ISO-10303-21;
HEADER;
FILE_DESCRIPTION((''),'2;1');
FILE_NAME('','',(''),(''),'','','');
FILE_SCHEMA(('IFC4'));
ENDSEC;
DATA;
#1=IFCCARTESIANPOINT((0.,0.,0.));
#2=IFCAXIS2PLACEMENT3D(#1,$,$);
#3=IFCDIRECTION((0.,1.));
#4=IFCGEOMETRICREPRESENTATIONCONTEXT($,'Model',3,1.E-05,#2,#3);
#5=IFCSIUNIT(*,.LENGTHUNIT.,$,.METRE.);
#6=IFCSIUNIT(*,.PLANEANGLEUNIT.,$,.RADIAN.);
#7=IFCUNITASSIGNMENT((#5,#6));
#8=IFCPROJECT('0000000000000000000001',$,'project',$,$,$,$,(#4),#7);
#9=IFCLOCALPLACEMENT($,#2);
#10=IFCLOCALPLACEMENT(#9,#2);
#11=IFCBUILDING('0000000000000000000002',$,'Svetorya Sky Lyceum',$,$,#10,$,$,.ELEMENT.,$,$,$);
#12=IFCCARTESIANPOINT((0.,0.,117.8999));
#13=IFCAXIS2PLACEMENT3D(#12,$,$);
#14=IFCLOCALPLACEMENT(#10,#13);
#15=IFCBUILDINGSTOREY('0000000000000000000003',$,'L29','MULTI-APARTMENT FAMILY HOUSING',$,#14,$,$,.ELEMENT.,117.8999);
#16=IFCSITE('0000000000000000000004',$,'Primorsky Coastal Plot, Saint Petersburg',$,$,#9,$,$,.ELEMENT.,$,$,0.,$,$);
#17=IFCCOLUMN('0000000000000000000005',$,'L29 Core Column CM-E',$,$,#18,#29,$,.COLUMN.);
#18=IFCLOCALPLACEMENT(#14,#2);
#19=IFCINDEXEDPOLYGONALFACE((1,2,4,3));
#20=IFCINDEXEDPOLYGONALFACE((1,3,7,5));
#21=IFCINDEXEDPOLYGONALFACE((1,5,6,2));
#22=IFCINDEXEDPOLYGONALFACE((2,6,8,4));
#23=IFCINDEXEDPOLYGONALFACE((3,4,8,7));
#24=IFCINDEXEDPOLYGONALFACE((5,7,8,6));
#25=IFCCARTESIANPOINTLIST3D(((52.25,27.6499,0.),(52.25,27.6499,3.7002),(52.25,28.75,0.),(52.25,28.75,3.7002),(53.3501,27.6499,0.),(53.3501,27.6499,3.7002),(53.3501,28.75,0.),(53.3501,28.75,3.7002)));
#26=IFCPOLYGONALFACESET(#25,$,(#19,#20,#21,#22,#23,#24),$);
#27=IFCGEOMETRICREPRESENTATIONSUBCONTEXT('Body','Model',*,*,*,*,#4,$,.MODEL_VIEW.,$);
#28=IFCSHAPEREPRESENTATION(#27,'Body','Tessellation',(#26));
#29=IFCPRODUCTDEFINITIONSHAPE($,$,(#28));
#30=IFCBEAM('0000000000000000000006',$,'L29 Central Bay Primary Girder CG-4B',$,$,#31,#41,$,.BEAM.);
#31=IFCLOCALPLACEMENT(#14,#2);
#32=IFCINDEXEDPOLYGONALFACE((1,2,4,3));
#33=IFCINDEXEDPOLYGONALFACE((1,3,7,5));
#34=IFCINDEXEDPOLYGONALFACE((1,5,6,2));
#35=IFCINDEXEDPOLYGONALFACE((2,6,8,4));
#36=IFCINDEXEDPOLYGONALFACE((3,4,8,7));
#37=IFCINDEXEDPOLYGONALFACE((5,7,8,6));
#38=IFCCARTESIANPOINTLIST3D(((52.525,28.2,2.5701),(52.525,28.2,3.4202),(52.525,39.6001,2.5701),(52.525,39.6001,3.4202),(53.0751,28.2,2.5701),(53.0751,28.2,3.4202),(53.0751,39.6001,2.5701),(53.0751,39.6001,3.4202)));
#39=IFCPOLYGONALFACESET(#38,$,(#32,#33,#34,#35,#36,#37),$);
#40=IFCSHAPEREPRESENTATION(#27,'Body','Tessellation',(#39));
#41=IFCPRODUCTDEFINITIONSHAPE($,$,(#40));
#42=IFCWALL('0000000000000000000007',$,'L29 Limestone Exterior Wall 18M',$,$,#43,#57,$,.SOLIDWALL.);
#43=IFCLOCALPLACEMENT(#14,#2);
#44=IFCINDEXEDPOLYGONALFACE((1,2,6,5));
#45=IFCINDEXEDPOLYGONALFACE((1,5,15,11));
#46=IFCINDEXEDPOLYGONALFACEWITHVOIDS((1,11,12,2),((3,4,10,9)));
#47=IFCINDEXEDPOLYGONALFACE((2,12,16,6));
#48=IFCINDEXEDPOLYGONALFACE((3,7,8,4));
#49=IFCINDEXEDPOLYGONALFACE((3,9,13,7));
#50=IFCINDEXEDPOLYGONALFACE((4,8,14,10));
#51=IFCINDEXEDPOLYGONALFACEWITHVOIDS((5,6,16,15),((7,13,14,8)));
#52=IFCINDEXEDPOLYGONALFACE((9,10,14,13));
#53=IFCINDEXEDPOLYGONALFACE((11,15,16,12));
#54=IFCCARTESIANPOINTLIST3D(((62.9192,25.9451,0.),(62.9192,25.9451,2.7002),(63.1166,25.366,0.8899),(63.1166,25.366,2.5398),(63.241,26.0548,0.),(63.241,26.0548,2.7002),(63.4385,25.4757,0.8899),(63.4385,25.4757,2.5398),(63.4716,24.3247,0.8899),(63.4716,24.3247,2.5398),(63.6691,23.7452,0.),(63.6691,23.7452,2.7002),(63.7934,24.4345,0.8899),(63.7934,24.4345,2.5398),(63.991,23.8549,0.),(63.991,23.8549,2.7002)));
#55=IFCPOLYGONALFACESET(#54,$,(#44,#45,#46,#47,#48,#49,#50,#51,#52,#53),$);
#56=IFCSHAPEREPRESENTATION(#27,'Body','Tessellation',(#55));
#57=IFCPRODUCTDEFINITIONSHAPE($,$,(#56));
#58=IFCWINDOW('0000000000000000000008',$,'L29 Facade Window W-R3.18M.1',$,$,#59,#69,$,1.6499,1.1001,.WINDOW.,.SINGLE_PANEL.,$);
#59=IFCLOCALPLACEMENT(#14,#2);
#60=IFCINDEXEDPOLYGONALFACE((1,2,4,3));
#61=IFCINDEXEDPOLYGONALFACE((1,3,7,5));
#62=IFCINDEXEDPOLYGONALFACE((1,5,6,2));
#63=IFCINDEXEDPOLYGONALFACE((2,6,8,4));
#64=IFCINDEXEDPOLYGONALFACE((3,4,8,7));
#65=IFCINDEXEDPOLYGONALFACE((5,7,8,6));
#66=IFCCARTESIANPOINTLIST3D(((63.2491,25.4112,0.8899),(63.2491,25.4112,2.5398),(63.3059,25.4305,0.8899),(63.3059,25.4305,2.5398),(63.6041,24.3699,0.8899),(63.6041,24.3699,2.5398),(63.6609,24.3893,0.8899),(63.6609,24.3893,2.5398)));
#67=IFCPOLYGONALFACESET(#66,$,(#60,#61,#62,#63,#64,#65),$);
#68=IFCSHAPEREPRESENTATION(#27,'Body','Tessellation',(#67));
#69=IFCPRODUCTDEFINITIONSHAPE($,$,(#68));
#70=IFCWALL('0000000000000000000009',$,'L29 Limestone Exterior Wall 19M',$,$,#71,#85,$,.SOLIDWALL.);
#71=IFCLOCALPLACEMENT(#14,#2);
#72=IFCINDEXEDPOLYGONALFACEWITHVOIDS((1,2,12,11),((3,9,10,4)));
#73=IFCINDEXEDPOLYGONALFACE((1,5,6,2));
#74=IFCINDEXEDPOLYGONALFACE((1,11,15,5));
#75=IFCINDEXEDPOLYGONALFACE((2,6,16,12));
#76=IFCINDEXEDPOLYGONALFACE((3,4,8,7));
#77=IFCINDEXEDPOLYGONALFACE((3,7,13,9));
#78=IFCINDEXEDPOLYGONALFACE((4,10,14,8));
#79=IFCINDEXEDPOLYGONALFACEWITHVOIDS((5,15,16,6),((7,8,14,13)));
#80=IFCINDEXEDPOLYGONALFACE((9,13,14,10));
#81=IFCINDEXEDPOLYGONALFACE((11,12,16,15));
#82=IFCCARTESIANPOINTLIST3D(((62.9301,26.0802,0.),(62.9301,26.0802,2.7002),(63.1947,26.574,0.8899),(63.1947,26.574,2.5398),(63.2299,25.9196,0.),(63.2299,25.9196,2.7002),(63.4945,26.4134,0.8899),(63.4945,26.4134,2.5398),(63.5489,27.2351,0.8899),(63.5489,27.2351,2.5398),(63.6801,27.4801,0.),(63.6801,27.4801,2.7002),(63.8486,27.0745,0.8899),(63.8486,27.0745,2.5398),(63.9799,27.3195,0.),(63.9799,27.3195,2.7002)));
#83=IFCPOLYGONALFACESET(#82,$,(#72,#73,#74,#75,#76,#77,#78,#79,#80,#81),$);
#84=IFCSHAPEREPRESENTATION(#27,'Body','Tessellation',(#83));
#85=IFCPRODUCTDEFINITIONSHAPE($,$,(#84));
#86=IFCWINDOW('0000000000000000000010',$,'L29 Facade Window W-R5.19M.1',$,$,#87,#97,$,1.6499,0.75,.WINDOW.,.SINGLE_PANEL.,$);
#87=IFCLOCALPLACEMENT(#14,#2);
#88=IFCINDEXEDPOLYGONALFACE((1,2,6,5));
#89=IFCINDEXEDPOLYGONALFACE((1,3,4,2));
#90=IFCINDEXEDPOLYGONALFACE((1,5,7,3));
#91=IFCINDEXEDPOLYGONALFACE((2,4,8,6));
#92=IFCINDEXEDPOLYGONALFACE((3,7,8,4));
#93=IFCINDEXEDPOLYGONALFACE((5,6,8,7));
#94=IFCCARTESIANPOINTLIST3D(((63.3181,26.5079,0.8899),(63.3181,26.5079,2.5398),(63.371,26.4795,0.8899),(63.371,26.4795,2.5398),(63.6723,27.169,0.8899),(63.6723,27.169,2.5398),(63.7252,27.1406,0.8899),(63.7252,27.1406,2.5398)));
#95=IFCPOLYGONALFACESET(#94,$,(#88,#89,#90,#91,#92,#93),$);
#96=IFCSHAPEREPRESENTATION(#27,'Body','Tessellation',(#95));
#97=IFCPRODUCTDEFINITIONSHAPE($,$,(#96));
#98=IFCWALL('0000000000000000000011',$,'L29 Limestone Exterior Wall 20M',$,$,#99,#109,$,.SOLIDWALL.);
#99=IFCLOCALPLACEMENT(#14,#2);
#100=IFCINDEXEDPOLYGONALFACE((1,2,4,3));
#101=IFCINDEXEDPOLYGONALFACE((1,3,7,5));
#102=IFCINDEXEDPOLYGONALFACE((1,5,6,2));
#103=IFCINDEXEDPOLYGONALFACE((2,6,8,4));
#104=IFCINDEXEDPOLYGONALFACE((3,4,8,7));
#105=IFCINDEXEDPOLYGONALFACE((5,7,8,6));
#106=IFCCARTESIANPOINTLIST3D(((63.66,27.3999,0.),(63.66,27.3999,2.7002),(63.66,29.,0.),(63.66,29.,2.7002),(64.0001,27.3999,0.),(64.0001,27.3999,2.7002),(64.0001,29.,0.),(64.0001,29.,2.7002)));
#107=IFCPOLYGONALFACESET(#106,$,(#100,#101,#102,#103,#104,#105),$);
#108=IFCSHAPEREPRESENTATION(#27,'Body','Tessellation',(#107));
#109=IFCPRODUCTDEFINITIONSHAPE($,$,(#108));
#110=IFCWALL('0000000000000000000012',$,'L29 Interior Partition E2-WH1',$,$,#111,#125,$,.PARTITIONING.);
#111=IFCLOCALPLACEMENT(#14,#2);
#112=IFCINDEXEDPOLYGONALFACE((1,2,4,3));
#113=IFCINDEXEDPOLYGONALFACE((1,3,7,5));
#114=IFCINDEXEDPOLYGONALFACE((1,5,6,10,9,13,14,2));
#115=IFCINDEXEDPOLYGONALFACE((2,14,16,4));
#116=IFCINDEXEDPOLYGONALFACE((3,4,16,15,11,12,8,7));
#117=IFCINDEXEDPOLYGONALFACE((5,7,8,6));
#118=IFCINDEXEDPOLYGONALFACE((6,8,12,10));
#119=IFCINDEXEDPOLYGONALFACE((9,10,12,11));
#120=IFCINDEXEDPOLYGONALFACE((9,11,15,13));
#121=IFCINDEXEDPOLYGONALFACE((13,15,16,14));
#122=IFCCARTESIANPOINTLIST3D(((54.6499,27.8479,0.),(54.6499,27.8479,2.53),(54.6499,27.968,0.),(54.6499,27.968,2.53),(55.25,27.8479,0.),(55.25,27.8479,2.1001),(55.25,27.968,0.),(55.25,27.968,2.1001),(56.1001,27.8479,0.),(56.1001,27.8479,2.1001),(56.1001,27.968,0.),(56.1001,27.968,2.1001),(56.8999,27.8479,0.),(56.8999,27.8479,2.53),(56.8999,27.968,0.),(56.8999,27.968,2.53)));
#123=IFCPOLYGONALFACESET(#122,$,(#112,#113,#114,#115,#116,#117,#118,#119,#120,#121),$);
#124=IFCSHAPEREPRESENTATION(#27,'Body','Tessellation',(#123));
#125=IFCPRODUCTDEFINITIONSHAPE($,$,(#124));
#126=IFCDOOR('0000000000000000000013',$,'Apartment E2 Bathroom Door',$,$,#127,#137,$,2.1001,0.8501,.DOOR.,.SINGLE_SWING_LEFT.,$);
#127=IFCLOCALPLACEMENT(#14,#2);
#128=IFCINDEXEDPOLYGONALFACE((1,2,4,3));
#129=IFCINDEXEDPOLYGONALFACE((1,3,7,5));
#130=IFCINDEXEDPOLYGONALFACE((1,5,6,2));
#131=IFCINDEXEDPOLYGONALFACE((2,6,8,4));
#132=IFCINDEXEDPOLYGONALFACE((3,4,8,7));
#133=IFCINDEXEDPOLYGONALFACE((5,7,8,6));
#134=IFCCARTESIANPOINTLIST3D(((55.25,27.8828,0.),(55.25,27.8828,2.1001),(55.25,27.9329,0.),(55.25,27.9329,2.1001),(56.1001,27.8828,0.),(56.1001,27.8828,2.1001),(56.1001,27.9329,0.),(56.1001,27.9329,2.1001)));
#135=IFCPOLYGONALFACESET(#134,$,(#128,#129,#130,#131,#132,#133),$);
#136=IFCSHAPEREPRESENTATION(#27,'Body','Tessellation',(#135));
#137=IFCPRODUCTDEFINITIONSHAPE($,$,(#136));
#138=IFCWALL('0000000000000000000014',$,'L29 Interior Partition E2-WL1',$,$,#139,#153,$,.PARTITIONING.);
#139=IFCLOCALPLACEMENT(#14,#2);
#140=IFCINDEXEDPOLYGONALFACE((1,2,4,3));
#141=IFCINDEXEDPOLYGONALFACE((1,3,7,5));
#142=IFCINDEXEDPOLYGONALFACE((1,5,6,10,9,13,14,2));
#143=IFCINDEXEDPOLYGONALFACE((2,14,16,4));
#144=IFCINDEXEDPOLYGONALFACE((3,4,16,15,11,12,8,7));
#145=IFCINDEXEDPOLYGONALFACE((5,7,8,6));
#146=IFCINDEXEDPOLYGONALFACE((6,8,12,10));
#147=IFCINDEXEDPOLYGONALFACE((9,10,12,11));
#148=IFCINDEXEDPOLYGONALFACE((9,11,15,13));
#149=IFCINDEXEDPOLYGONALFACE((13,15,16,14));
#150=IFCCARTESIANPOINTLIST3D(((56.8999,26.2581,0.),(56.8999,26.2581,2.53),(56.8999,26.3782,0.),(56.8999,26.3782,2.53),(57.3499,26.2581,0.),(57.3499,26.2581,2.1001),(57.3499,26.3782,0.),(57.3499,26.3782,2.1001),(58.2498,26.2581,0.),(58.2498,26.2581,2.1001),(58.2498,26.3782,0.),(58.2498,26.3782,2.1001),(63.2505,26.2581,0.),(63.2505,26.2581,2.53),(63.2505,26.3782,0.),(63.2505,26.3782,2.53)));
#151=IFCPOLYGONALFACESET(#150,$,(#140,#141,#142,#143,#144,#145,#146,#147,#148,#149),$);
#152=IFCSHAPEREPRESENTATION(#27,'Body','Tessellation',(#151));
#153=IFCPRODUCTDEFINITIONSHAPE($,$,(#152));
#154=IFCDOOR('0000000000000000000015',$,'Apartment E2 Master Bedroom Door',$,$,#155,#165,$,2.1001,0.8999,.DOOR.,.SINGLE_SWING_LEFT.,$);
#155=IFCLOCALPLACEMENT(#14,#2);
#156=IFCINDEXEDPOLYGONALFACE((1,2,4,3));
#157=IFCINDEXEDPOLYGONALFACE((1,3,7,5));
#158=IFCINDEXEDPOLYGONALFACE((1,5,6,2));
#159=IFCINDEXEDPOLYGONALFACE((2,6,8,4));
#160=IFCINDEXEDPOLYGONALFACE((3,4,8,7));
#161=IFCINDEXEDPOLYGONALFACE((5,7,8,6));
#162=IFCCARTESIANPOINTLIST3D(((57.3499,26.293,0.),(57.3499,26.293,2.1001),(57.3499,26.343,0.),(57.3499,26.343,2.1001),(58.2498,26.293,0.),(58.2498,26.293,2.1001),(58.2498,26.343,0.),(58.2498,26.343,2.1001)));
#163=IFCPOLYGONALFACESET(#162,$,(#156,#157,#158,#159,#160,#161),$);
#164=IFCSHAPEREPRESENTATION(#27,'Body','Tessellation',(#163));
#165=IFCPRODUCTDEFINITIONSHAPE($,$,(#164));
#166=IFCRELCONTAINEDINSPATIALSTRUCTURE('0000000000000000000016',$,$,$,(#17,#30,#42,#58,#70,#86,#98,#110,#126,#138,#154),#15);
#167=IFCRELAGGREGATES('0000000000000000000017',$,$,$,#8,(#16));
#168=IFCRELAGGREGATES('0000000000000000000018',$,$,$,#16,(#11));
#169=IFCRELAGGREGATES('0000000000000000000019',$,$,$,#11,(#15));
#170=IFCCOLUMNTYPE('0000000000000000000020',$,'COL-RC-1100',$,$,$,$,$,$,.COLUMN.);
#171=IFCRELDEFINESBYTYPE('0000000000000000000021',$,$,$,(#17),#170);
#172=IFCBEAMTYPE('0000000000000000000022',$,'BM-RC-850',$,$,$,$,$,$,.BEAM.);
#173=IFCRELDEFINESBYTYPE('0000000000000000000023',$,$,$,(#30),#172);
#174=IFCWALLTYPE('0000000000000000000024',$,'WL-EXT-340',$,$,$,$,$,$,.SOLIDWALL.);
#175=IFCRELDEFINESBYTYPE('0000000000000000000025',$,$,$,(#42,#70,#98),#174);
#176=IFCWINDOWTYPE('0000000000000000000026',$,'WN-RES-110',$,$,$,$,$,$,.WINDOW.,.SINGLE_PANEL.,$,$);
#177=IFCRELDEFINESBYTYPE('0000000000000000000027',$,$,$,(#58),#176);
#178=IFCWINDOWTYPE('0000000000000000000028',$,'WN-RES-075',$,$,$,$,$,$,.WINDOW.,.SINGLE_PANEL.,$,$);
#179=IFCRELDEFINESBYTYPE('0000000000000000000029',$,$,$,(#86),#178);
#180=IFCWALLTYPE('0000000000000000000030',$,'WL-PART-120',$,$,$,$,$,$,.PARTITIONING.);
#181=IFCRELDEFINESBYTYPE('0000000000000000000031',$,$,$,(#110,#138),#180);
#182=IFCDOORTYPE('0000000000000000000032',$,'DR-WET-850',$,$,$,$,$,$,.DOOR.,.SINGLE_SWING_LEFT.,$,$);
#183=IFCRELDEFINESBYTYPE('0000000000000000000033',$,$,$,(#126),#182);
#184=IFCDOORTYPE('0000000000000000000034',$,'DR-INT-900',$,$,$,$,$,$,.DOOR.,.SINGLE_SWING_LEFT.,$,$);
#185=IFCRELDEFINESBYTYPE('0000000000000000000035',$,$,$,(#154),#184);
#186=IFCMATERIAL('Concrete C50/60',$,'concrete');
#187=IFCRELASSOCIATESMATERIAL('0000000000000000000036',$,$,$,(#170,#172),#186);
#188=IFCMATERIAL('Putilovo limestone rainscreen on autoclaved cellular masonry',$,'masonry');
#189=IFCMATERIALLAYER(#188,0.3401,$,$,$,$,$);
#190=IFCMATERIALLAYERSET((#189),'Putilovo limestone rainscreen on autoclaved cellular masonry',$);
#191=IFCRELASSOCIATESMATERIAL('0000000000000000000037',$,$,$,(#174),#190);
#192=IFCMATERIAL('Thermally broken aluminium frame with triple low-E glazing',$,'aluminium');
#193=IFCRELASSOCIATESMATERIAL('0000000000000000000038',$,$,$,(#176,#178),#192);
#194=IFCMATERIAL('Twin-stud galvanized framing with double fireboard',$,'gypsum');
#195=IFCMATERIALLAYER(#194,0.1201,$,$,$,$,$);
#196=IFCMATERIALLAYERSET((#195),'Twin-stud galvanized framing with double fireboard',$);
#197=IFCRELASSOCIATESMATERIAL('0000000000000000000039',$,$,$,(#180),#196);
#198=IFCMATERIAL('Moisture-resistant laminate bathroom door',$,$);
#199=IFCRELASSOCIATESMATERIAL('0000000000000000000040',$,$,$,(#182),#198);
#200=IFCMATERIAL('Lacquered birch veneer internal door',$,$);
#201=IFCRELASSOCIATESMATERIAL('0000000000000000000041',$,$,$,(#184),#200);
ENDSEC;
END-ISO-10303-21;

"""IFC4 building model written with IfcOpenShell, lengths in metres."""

from ifc_helpers import new_model, si_unit, direction, frame, frame_2d, origin, origin_2d, place, context, subcontext, project, spatial, rectangle, extrude, material, layer, layer_set, material_profile, profile_set, type_object, element, fill, save


model = new_model("IFC4")

# Units and contexts
model_context = context("Model", 3, precision=1e-05, world=origin(), true_north=direction((0.0, 1.0)))
body_context = subcontext(model_context, "Body", "Model", "MODEL_VIEW")
ifc_project = project(units=[si_unit("LENGTHUNIT", "METRE"), si_unit("PLANEANGLEUNIT", "RADIAN")], contexts=[model_context])

# Site, building, storey
site_placement = place(None, origin())
site = spatial("IfcSite", under=ifc_project, at=site_placement, Name="Primorsky Coastal Plot, Saint Petersburg", CompositionType="ELEMENT", RefElevation=0.0)
building_placement = place(site_placement, origin())
building = spatial("IfcBuilding", under=site, at=building_placement, Name="Svetorya Sky Lyceum", CompositionType="ELEMENT")
storey_placement = place(building_placement, frame((0.0, 0.0, 117.8999)))
storey = spatial("IfcBuildingStorey", under=building, at=storey_placement, Name="L29", Description="MULTI-APARTMENT FAMILY HOUSING", CompositionType="ELEMENT", Elevation=117.8999)

# Column
ifc_material_1 = material(Name="Concrete C50/60", Category="concrete")
ifc_material_profile_1 = material_profile(ifc_material_1, rectangle(XDim=1.1001, YDim=1.1001, at=origin_2d()), Name="RC COL 1100x1100")
ifc_profile_set_1 = profile_set([ifc_material_profile_1], Name="Concrete C50/60")
column_type = type_object("IfcColumnType", Name="COL-RC-1100", PredefinedType="COLUMN", material=ifc_profile_set_1)
column_placement = place(storey_placement, frame((52.8, 28.2, 0.0), z_axis=(0.0, 0.0, 1.0), x_axis=(1.0, 0.0, 0.0)))
element("IfcColumn", 1, at=column_placement, inside=storey, type_object=column_type, Name="L29 Core Column CM-E", PredefinedType="COLUMN", context=body_context, shape_type="SweptSolid", body=[
    extrude(rectangle(XDim=1.1001, YDim=1.1001, at=origin_2d()), origin(), (0.0, 0.0, 1.0), 3.7002),
])

# Beam
ifc_material_profile_2 = material_profile(ifc_material_1, rectangle(XDim=0.55, YDim=0.8501, at=origin_2d()), Name="RC BEAM 550x850")
ifc_profile_set_2 = profile_set([ifc_material_profile_2], Name="Concrete C50/60")
beam_type = type_object("IfcBeamType", Name="BM-RC-850", PredefinedType="BEAM", material=ifc_profile_set_2)
beam_placement = place(storey_placement, frame((52.8, 28.2, 2.9951), z_axis=(0.0, 1.0, 0.0), x_axis=(-1.0, 0.0, 0.0)))
element("IfcBeam", 2, at=beam_placement, inside=storey, type_object=beam_type, Name="L29 Central Bay Primary Girder CG-4B", PredefinedType="BEAM", context=body_context, shape_type="SweptSolid", body=[
    extrude(rectangle(XDim=0.55, YDim=0.8501, at=origin_2d()), origin(), (0.0, 0.0, 1.0), 11.4001),
])

# Walls, openings, windows
ifc_material_2 = material(Name="Putilovo limestone rainscreen on autoclaved cellular masonry", Category="masonry")
ifc_layer_1 = layer(ifc_material_2, 0.3401)
ifc_layer_set_1 = layer_set([ifc_layer_1], Name="Putilovo limestone rainscreen on autoclaved cellular masonry")
wall_type_1 = type_object("IfcWallType", Name="WL-EXT-340", PredefinedType="SOLIDWALL", material=ifc_layer_set_1)
wall_1_placement = place(storey_placement, frame((63.8301, 23.8, 0.0), z_axis=(0.0, 0.0, 1.0), x_axis=(-0.32268, 0.946508, 0.0)))
wall_1 = element("IfcWall", 3, at=wall_1_placement, inside=storey, type_object=wall_type_1, Name="L29 Limestone Exterior Wall 18M", PredefinedType="SOLIDWALL", context=body_context, shape_type="SweptSolid", body=[
    extrude(rectangle(XDim=2.3242, YDim=0.3401, at=frame_2d((1.1621, 0.0))), origin(), (0.0, 0.0, 1.0), 2.7002),
])
opening_1_placement = place(wall_1_placement, frame((0.6123, 0.0, 0.8899)))
opening_1 = element("IfcOpeningElement", 4, at=opening_1_placement, cuts=wall_1, PredefinedType="OPENING", context=body_context, shape_type="SweptSolid", body=[
    extrude(rectangle(XDim=1.1001, YDim=1.6499, at=frame_2d((0.55, 0.825))), frame((0.0, 0.1799, 0.0), z_axis=(0.0, -1.0, 0.0), x_axis=(1.0, 0.0, 0.0)), (0.0, 0.0, 1.0), 0.3601),
])
ifc_material_3 = material(Name="Thermally broken aluminium frame with triple low-E glazing", Category="aluminium")
window_type_1 = type_object("IfcWindowType", Name="WN-RES-110", PartitioningType="SINGLE_PANEL", PredefinedType="WINDOW", material=ifc_material_3)
window_1_placement = place(opening_1_placement, origin())
window_1 = element("IfcWindow", 5, at=window_1_placement, inside=storey, type_object=window_type_1, Name="L29 Facade Window W-R3.18M.1", OverallHeight=1.6499, OverallWidth=1.1001, PartitioningType="SINGLE_PANEL", PredefinedType="WINDOW", context=body_context, shape_type="SweptSolid", body=[
    extrude(rectangle(XDim=1.1001, YDim=1.6499, at=frame_2d((0.55, 0.825))), frame((0.0, 0.03, 0.0), z_axis=(0.0, -1.0, 0.0), x_axis=(1.0, 0.0, 0.0)), (0.0, 0.0, 1.0), 0.0601),
])
fill(opening_1, window_1)
wall_2_placement = place(storey_placement, frame((63.0801, 26.0, 0.0), z_axis=(0.0, 0.0, 1.0), x_axis=(0.472247, 0.881466, 0.0)))
wall_2 = element("IfcWall", 6, at=wall_2_placement, inside=storey, type_object=wall_type_1, Name="L29 Limestone Exterior Wall 19M", PredefinedType="SOLIDWALL", context=body_context, shape_type="SweptSolid", body=[
    extrude(rectangle(XDim=1.5881, YDim=0.3401, at=frame_2d((0.7939, 0.0))), origin(), (0.0, 0.0, 1.0), 2.7002),
])
opening_2_placement = place(wall_2_placement, frame((0.5601, 0.0, 0.8899)))
opening_2 = element("IfcOpeningElement", 7, at=opening_2_placement, cuts=wall_2, PredefinedType="OPENING", context=body_context, shape_type="SweptSolid", body=[
    extrude(rectangle(XDim=0.75, YDim=1.6499, at=frame_2d((0.375, 0.825))), frame((0.0, 0.1799, 0.0), z_axis=(0.0, -1.0, 0.0), x_axis=(1.0, 0.0, 0.0)), (0.0, 0.0, 1.0), 0.3601),
])
window_type_2 = type_object("IfcWindowType", Name="WN-RES-075", PartitioningType="SINGLE_PANEL", PredefinedType="WINDOW", material=ifc_material_3)
window_2_placement = place(opening_2_placement, origin())
window_2 = element("IfcWindow", 8, at=window_2_placement, inside=storey, type_object=window_type_2, Name="L29 Facade Window W-R5.19M.1", OverallHeight=1.6499, OverallWidth=0.75, PartitioningType="SINGLE_PANEL", PredefinedType="WINDOW", context=body_context, shape_type="SweptSolid", body=[
    extrude(rectangle(XDim=0.75, YDim=1.6499, at=frame_2d((0.375, 0.825))), frame((0.0, 0.03, 0.0), z_axis=(0.0, -1.0, 0.0), x_axis=(1.0, 0.0, 0.0)), (0.0, 0.0, 1.0), 0.0601),
])
fill(opening_2, window_2)

# Wall
wall_3_placement = place(storey_placement, frame((63.8301, 27.3999, 0.0), z_axis=(0.0, 0.0, 1.0), x_axis=(0.0, 1.0, 0.0)))
element("IfcWall", 9, at=wall_3_placement, inside=storey, type_object=wall_type_1, Name="L29 Limestone Exterior Wall 20M", PredefinedType="SOLIDWALL", context=body_context, shape_type="SweptSolid", body=[
    extrude(rectangle(XDim=1.6001, YDim=0.3401, at=frame_2d((0.8, 0.0))), origin(), (0.0, 0.0, 1.0), 2.7002),
])

# Walls, openings, doors
ifc_material_4 = material(Name="Twin-stud galvanized framing with double fireboard", Category="gypsum")
ifc_layer_2 = layer(ifc_material_4, 0.1201)
ifc_layer_set_2 = layer_set([ifc_layer_2], Name="Twin-stud galvanized framing with double fireboard")
wall_type_2 = type_object("IfcWallType", Name="WL-PART-120", PredefinedType="PARTITIONING", material=ifc_layer_set_2)
wall_4_placement = place(storey_placement, frame((54.6499, 27.908, 0.0), z_axis=(0.0, 0.0, 1.0), x_axis=(1.0, 0.0, 0.0)))
wall_4 = element("IfcWall", 10, at=wall_4_placement, inside=storey, type_object=wall_type_2, Name="L29 Interior Partition E2-WH1", PredefinedType="PARTITIONING", context=body_context, shape_type="SweptSolid", body=[
    extrude(rectangle(XDim=2.25, YDim=0.1201, at=frame_2d((1.125, 0.0))), origin(), (0.0, 0.0, 1.0), 2.53),
])
opening_3_placement = place(wall_4_placement, frame((0.6001, 0.0, 0.0)))
opening_3 = element("IfcOpeningElement", 11, at=opening_3_placement, cuts=wall_4, PredefinedType="OPENING", context=body_context, shape_type="SweptSolid", body=[
    extrude(rectangle(XDim=0.8501, YDim=2.1001, at=frame_2d((0.425, 1.05))), frame((0.0, 0.0701, 0.0), z_axis=(0.0, -1.0, 0.0), x_axis=(1.0, 0.0, 0.0)), (0.0, 0.0, 1.0), 0.1401),
])
ifc_material_5 = material(Name="Moisture-resistant laminate bathroom door")
door_type_1 = type_object("IfcDoorType", Name="DR-WET-850", OperationType="SINGLE_SWING_LEFT", PredefinedType="DOOR", material=ifc_material_5)
door_1_placement = place(opening_3_placement, origin())
door_1 = element("IfcDoor", 12, at=door_1_placement, inside=storey, type_object=door_type_1, Name="Apartment E2 Bathroom Door", OperationType="SINGLE_SWING_LEFT", OverallHeight=2.1001, OverallWidth=0.8501, PredefinedType="DOOR", context=body_context, shape_type="SweptSolid", body=[
    extrude(rectangle(XDim=0.8501, YDim=2.1001, at=frame_2d((0.425, 1.05))), frame((0.0, 0.0249, 0.0), z_axis=(0.0, -1.0, 0.0), x_axis=(1.0, 0.0, 0.0)), (0.0, 0.0, 1.0), 0.05),
])
fill(opening_3, door_1)
wall_5_placement = place(storey_placement, frame((56.8999, 26.3181, 0.0), z_axis=(0.0, 0.0, 1.0), x_axis=(1.0, 0.0, 0.0)))
wall_5 = element("IfcWall", 13, at=wall_5_placement, inside=storey, type_object=wall_type_2, Name="L29 Interior Partition E2-WL1", PredefinedType="PARTITIONING", context=body_context, shape_type="SweptSolid", body=[
    extrude(rectangle(XDim=6.3506, YDim=0.1201, at=frame_2d((3.1753, 0.0))), origin(), (0.0, 0.0, 1.0), 2.53),
])
opening_4_placement = place(wall_5_placement, frame((0.45, 0.0, 0.0)))
opening_4 = element("IfcOpeningElement", 14, at=opening_4_placement, cuts=wall_5, PredefinedType="OPENING", context=body_context, shape_type="SweptSolid", body=[
    extrude(rectangle(XDim=0.8999, YDim=2.1001, at=frame_2d((0.45, 1.05))), frame((0.0, 0.0701, 0.0), z_axis=(0.0, -1.0, 0.0), x_axis=(1.0, 0.0, 0.0)), (0.0, 0.0, 1.0), 0.1401),
])
ifc_material_6 = material(Name="Lacquered birch veneer internal door")
door_type_2 = type_object("IfcDoorType", Name="DR-INT-900", OperationType="SINGLE_SWING_LEFT", PredefinedType="DOOR", material=ifc_material_6)
door_2_placement = place(opening_4_placement, origin())
door_2 = element("IfcDoor", 15, at=door_2_placement, inside=storey, type_object=door_type_2, Name="Apartment E2 Master Bedroom Door", OperationType="SINGLE_SWING_LEFT", OverallHeight=2.1001, OverallWidth=0.8999, PredefinedType="DOOR", context=body_context, shape_type="SweptSolid", body=[
    extrude(rectangle(XDim=0.8999, YDim=2.1001, at=frame_2d((0.45, 1.05))), frame((0.0, 0.0249, 0.0), z_axis=(0.0, -1.0, 0.0), x_axis=(1.0, 0.0, 0.0)), (0.0, 0.0, 1.0), 0.05),
])
fill(opening_4, door_2)

save(model, "model.ifc")
